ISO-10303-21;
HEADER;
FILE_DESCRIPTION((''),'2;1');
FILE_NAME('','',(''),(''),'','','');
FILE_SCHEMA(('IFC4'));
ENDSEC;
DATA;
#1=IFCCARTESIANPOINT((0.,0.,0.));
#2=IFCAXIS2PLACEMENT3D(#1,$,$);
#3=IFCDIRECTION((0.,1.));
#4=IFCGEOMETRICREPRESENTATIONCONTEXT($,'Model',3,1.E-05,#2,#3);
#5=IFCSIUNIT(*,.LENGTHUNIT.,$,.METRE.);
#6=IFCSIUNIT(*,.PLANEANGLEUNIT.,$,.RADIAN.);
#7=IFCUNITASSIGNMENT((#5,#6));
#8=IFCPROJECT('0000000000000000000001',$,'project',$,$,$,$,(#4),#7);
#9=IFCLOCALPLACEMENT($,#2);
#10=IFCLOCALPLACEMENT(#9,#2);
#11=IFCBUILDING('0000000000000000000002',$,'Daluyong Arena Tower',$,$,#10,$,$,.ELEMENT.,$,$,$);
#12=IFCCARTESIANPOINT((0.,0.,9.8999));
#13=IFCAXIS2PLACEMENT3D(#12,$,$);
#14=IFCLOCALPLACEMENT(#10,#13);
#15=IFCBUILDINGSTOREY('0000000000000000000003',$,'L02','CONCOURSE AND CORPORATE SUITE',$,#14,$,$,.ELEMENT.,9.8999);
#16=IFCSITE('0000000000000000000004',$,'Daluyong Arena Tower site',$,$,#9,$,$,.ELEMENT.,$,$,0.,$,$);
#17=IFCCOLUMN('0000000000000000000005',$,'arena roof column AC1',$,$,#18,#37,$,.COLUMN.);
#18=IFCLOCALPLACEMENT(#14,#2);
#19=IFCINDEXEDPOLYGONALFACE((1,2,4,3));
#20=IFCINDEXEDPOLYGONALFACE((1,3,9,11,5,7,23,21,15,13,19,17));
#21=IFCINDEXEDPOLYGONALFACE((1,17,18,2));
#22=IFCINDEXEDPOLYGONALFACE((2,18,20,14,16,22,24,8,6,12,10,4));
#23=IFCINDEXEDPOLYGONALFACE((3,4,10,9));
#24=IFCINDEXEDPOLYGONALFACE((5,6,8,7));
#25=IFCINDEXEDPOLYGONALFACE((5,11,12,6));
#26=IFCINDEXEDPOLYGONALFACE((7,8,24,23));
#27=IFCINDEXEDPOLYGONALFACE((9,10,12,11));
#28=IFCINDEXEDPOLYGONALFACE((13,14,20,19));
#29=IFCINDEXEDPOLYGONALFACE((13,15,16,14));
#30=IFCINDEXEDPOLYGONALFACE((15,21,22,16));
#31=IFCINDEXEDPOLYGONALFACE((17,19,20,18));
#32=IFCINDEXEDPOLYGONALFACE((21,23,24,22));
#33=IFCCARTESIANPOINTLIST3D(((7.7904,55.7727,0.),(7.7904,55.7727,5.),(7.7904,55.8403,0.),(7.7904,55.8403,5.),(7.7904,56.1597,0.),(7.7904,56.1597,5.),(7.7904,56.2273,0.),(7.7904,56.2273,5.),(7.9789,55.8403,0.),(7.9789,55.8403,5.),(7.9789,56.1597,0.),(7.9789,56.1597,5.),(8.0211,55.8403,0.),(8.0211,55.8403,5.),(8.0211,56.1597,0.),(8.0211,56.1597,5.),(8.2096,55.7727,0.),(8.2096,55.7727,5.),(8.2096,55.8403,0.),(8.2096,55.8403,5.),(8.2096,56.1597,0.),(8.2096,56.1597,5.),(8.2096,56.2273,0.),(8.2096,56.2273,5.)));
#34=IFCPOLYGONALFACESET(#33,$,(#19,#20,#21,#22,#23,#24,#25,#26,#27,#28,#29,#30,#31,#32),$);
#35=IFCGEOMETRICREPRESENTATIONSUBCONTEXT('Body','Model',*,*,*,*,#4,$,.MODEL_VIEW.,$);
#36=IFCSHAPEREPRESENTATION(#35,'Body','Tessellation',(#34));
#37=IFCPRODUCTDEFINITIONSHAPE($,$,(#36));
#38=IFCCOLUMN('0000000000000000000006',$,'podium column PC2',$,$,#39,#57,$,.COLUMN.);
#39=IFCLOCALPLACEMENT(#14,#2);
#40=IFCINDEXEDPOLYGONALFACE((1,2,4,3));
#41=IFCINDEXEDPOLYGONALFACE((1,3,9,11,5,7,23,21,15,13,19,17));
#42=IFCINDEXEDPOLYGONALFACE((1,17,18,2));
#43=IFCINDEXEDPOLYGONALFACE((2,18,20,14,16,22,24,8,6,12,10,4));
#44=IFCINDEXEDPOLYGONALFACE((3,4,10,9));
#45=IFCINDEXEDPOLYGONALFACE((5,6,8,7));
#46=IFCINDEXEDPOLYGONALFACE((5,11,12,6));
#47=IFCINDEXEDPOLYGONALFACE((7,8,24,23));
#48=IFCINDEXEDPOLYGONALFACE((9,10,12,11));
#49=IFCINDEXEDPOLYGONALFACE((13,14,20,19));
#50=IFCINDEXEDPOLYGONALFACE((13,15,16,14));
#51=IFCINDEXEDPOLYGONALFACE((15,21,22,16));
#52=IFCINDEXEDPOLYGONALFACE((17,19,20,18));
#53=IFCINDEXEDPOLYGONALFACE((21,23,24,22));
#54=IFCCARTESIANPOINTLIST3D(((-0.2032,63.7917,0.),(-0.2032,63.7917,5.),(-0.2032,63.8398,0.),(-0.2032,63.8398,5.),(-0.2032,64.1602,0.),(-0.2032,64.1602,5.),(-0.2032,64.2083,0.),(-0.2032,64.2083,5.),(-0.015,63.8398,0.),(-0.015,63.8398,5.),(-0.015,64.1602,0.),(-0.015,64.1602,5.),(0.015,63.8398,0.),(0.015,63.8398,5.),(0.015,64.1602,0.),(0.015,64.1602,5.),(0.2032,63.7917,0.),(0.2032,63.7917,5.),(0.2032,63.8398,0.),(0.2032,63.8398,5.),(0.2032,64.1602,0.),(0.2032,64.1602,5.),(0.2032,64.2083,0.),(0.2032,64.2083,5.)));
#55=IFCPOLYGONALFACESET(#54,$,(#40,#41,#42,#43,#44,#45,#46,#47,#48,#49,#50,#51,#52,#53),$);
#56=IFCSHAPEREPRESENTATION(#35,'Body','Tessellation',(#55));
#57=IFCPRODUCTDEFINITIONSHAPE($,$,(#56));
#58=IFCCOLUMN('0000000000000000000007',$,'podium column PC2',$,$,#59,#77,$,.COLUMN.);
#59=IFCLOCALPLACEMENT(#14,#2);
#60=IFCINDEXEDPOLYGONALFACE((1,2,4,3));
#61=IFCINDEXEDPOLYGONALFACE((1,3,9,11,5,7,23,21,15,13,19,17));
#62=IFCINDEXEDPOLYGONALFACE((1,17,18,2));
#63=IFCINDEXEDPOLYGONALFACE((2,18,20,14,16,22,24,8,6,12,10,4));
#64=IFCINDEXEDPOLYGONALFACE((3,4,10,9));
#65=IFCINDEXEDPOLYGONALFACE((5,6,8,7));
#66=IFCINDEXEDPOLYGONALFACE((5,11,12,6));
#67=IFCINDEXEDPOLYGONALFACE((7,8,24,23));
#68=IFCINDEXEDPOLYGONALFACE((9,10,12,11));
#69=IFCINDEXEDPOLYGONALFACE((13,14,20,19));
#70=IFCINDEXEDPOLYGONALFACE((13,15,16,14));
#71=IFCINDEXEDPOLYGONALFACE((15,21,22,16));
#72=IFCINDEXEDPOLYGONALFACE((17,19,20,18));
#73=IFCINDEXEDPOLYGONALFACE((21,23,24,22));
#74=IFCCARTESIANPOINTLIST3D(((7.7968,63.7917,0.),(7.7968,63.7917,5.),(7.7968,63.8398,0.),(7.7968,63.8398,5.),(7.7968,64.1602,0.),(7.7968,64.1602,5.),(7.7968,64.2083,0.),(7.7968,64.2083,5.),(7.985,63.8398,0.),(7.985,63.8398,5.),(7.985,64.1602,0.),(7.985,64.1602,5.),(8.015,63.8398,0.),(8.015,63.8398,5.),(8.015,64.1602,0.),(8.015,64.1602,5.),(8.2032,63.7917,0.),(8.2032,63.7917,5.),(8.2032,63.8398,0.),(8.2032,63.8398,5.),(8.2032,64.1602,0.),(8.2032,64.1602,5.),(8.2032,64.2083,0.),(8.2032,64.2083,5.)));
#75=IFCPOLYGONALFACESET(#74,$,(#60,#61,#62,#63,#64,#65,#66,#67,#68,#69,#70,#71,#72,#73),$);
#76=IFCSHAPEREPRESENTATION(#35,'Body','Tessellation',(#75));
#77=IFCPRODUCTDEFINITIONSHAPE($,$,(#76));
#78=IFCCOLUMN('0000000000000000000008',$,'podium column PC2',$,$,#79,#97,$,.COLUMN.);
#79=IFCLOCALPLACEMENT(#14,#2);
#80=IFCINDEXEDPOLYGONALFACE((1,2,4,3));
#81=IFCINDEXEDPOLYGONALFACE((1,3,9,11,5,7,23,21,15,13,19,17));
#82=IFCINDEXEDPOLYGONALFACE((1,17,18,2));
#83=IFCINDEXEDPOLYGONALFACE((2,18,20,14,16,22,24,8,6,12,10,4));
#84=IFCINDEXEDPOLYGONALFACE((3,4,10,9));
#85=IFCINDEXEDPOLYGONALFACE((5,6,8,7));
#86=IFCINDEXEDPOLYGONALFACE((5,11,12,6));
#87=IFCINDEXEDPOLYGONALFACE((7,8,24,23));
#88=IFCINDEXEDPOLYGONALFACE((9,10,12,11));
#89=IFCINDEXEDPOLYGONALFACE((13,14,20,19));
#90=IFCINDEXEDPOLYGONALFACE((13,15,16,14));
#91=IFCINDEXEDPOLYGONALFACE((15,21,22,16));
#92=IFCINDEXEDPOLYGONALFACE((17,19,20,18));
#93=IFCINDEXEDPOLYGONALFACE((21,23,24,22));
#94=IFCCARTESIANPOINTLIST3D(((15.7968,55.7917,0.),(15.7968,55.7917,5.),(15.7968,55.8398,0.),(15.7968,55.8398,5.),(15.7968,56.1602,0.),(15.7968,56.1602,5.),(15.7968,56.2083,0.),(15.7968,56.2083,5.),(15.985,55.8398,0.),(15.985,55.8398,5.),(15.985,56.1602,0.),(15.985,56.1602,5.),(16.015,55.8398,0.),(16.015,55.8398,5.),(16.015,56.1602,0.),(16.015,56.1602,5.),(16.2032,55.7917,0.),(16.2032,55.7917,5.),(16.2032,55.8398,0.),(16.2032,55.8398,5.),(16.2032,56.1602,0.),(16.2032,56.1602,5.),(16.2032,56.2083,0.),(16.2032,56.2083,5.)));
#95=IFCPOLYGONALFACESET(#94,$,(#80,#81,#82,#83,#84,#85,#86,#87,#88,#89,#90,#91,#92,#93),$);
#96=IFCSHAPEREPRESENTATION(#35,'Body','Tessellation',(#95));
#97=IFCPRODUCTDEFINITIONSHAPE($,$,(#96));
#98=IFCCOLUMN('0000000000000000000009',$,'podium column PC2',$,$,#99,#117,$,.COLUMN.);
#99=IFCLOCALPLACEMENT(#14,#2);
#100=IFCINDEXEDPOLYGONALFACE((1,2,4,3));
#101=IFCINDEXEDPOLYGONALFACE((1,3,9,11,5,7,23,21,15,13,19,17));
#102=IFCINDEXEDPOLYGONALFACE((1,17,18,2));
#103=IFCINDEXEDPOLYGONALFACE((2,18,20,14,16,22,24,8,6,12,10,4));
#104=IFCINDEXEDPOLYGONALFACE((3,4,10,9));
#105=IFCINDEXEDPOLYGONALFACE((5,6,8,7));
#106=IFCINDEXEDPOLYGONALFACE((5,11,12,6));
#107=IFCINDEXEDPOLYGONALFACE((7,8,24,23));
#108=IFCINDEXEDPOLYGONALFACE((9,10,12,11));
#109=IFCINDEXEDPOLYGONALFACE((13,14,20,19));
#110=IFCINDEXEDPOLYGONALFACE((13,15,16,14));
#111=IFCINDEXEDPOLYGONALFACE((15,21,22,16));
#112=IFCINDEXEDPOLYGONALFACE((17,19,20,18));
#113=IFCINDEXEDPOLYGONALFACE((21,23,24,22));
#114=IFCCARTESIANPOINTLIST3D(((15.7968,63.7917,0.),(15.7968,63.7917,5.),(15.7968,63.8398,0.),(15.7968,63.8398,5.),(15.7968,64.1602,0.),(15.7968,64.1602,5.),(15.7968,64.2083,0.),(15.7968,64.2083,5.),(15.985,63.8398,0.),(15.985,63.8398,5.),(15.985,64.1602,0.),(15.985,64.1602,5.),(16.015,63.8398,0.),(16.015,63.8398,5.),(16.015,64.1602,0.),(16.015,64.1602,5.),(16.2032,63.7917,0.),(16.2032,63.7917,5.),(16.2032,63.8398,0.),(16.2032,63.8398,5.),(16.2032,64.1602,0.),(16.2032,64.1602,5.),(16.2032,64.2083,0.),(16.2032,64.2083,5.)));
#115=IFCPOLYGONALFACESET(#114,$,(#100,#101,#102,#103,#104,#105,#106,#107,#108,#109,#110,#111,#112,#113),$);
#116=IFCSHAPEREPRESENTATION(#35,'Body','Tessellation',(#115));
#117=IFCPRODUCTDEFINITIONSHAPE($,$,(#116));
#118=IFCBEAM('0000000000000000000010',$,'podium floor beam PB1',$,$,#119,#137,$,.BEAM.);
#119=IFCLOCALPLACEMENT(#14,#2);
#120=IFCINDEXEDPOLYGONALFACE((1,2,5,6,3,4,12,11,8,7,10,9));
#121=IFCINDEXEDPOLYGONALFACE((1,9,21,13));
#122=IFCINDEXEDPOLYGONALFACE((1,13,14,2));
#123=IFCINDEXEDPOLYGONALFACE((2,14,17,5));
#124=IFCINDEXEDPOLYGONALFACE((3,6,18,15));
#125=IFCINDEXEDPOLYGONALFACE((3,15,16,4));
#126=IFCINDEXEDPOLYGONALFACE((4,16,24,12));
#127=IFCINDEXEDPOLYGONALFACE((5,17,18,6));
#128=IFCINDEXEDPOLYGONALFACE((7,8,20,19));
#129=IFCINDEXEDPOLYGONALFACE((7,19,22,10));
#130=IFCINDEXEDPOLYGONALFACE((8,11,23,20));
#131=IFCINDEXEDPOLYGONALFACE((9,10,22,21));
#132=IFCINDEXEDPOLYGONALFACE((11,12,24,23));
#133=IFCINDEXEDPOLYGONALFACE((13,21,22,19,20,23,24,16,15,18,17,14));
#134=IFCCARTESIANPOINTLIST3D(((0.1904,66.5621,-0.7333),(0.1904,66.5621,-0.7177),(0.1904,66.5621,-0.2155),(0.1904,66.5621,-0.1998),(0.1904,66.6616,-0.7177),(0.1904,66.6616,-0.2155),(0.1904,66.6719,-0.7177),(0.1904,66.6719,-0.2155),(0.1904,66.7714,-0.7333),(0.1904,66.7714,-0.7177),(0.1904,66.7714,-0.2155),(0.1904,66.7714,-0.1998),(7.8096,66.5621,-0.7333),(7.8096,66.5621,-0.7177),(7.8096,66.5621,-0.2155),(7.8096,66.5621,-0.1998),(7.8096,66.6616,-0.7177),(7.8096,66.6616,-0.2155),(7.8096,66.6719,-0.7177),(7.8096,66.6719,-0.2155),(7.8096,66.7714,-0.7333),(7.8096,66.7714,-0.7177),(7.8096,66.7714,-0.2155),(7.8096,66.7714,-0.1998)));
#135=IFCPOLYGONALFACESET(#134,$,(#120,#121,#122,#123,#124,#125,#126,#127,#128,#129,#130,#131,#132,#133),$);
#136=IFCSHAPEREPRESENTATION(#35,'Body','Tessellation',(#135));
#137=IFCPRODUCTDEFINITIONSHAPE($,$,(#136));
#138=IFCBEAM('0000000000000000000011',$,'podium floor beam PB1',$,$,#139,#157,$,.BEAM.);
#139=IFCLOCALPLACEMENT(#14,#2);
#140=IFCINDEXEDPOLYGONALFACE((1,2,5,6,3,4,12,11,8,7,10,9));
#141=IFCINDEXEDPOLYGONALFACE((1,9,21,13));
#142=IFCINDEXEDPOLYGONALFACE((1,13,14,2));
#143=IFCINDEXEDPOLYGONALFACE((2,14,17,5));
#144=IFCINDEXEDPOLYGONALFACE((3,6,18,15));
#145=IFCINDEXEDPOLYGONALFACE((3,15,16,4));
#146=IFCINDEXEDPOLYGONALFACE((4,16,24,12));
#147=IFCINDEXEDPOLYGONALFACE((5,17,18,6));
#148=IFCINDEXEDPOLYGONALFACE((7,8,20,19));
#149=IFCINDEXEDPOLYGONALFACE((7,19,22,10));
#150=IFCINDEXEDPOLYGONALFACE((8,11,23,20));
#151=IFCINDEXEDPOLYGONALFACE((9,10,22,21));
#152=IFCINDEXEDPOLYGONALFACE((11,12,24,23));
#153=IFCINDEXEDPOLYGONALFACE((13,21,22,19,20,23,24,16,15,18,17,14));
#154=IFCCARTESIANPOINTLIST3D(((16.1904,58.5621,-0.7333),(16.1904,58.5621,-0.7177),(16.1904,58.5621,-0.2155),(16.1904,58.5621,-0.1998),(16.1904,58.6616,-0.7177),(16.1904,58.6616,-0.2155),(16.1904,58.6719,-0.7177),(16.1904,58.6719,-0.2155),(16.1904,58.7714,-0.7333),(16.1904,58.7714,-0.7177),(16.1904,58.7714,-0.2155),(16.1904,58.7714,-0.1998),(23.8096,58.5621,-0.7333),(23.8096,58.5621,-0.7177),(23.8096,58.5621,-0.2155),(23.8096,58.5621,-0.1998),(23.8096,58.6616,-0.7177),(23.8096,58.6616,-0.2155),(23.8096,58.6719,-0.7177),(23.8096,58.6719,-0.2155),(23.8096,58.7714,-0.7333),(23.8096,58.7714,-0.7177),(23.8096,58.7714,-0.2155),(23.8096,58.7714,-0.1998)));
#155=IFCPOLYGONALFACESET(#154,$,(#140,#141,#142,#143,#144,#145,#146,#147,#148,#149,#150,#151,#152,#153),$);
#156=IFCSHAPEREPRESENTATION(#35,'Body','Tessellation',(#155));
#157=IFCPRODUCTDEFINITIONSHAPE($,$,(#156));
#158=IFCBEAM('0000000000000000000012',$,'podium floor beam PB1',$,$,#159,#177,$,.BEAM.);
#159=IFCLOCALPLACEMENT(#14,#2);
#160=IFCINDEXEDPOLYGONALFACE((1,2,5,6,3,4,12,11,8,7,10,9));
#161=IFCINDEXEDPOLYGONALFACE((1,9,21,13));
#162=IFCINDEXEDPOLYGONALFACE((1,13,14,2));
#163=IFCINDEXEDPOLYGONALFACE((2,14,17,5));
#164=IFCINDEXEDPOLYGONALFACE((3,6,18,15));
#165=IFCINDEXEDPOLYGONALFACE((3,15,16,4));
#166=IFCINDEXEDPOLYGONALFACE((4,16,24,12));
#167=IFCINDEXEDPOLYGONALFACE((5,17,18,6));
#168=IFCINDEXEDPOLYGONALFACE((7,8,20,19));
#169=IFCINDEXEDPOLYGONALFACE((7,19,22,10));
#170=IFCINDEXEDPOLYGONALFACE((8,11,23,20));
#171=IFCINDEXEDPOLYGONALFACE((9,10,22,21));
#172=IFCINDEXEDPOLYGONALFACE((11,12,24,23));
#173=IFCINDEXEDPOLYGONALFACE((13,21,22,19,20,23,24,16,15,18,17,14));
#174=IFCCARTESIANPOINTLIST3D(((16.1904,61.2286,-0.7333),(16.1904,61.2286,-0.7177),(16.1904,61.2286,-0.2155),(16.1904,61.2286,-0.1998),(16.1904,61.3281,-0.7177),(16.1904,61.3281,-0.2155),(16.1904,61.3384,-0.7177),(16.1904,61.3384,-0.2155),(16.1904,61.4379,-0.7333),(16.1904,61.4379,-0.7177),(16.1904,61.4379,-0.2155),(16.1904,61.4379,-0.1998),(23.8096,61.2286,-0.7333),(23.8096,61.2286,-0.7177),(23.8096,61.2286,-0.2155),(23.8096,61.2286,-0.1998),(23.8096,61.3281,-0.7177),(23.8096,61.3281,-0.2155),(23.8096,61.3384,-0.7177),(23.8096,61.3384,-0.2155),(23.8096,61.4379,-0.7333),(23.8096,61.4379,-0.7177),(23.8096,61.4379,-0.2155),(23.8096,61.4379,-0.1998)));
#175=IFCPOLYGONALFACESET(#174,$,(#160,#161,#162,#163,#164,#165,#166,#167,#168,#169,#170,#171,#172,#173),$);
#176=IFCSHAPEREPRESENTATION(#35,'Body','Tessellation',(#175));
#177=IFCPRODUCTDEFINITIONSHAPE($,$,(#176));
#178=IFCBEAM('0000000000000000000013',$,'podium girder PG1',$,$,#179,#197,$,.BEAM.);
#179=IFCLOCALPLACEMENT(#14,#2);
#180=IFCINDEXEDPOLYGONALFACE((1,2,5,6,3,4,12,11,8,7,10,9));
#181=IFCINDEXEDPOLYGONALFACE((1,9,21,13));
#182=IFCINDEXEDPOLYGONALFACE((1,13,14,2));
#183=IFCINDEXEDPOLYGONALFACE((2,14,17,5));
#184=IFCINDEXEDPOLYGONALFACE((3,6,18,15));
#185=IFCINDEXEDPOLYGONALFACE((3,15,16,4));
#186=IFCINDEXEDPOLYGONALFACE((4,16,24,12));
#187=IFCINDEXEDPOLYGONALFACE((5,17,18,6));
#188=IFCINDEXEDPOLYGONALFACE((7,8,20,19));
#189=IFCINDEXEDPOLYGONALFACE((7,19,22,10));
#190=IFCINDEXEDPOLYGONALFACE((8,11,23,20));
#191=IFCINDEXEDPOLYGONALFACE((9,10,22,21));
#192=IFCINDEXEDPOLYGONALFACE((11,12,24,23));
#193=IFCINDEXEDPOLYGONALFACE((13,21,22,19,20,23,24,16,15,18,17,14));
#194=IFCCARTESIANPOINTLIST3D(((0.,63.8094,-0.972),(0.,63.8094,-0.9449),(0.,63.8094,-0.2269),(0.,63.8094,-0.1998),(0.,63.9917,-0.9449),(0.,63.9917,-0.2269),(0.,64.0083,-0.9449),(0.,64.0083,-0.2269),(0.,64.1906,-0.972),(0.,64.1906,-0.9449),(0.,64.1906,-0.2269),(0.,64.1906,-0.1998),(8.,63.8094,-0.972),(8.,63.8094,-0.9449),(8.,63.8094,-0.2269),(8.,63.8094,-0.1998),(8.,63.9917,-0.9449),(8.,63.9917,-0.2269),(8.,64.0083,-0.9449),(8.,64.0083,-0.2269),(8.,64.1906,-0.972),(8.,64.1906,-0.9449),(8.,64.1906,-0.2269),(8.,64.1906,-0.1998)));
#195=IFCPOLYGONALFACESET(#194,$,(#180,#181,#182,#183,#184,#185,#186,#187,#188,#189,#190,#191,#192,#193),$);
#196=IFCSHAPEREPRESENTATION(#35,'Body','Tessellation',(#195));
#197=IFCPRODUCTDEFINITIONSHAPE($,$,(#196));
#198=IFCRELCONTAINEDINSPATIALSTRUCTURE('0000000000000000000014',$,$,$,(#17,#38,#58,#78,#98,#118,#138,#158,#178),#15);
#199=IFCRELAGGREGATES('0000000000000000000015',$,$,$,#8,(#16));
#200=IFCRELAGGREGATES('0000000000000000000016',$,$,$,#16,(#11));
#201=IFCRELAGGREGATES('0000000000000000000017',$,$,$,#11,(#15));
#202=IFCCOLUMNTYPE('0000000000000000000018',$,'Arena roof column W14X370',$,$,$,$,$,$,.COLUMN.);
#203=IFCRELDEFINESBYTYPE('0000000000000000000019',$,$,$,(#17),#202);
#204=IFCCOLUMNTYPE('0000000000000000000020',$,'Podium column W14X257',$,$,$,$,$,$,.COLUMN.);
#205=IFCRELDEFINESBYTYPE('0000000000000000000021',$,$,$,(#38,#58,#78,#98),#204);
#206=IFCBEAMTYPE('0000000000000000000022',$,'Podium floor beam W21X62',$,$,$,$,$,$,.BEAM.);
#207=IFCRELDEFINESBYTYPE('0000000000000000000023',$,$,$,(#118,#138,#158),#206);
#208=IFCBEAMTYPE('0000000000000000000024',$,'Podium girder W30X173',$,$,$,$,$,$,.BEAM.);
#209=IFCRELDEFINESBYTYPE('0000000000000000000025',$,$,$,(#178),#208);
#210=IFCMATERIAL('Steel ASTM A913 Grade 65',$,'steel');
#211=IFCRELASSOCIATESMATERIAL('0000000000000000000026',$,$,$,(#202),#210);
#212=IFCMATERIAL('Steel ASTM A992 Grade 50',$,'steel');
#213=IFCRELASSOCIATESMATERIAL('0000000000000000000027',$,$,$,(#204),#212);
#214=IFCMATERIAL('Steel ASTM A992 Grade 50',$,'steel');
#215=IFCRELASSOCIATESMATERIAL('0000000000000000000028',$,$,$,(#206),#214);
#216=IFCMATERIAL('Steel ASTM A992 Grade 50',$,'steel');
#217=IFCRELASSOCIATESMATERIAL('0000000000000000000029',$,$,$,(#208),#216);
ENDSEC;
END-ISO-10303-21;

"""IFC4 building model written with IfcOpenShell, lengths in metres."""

from ifc_helpers import new_model, si_unit, direction, frame, origin, origin_2d, place, context, subcontext, project, spatial, i_section, extrude, material, material_profile, profile_set, type_object, element, save


model = new_model("IFC4")

# Units and contexts
model_context = context("Model", 3, precision=1e-05, world=origin(), true_north=direction((0.0, 1.0)))
body_context = subcontext(model_context, "Body", "Model", "MODEL_VIEW")
ifc_project = project(units=[si_unit("LENGTHUNIT", "METRE"), si_unit("PLANEANGLEUNIT", "RADIAN")], contexts=[model_context])

# Site, building, storey
site_placement = place(None, origin())
site = spatial("IfcSite", under=ifc_project, at=site_placement, Name="Daluyong Arena Tower site", CompositionType="ELEMENT", RefElevation=0.0)
building_placement = place(site_placement, origin())
building = spatial("IfcBuilding", under=site, at=building_placement, Name="Daluyong Arena Tower", CompositionType="ELEMENT")
storey_placement = place(building_placement, frame((0.0, 0.0, 9.8999)))
storey = spatial("IfcBuildingStorey", under=building, at=storey_placement, Name="L02", Description="CONCOURSE AND CORPORATE SUITE", CompositionType="ELEMENT", Elevation=9.8999)

# Columns
ifc_material_1 = material(Name="Steel ASTM A913 Grade 65", Category="steel")
ifc_material_profile_1 = material_profile(ifc_material_1, i_section(OverallWidth=0.4192, OverallDepth=0.4546, WebThickness=0.0422, FlangeThickness=0.0676, at=origin_2d()))
ifc_profile_set_1 = profile_set([ifc_material_profile_1], Name="Steel ASTM A913 Grade 65")
column_type_1 = type_object("IfcColumnType", Name="Arena roof column W14X370", PredefinedType="COLUMN", material=ifc_profile_set_1)
column_placement = place(storey_placement, frame((8.0, 56.0, 0.0), z_axis=(0.0, 0.0, 1.0), x_axis=(1.0, 0.0, 0.0)))
element("IfcColumn", 1, at=column_placement, inside=storey, type_object=column_type_1, Name="arena roof column AC1", PredefinedType="COLUMN", context=body_context, shape_type="SweptSolid", body=[
    extrude(i_section(OverallWidth=0.4192, OverallDepth=0.4546, WebThickness=0.0422, FlangeThickness=0.0676, at=origin_2d()), origin(), (0.0, 0.0, 1.0), 5.0),
])
ifc_material_2 = material(Name="Steel ASTM A992 Grade 50", Category="steel")
ifc_material_profile_2 = material_profile(ifc_material_2, i_section(OverallWidth=0.4065, OverallDepth=0.4165, WebThickness=0.03, FlangeThickness=0.0481, at=origin_2d()))
ifc_profile_set_2 = profile_set([ifc_material_profile_2], Name="Steel ASTM A992 Grade 50")
column_type_2 = type_object("IfcColumnType", Name="Podium column W14X257", PredefinedType="COLUMN", material=ifc_profile_set_2)
for number, where, z_axis, x_axis, name in (
    (2, (0.0, 64.0, 0.0), (0.0, 0.0, 1.0), (1.0, 0.0, 0.0), "podium column PC2"),
    (3, (8.0, 64.0, 0.0), (0.0, 0.0, 1.0), (1.0, 0.0, 0.0), "podium column PC2"),
    (4, (16.0, 56.0, 0.0), (0.0, 0.0, 1.0), (1.0, 0.0, 0.0), "podium column PC2"),
    (5, (16.0, 64.0, 0.0), (0.0, 0.0, 1.0), (1.0, 0.0, 0.0), "podium column PC2"),
):
    element("IfcColumn", number, at=place(storey_placement, frame(where, z_axis=z_axis, x_axis=x_axis)), inside=storey, type_object=column_type_2, Name=name, PredefinedType="COLUMN", context=body_context, shape_type="SweptSolid", body=[
        extrude(i_section(OverallWidth=0.4065, OverallDepth=0.4165, WebThickness=0.03, FlangeThickness=0.0481, at=origin_2d()), origin(), (0.0, 0.0, 1.0), 5.0),
    ])

# Beams
ifc_material_3 = material(Name="Steel ASTM A992 Grade 50", Category="steel")
ifc_material_profile_3 = material_profile(ifc_material_3, i_section(OverallWidth=0.2092, OverallDepth=0.5334, WebThickness=0.0103, FlangeThickness=0.0156, at=origin_2d()))
ifc_profile_set_3 = profile_set([ifc_material_profile_3], Name="Steel ASTM A992 Grade 50")
beam_type_1 = type_object("IfcBeamType", Name="Podium floor beam W21X62", PredefinedType="BEAM", material=ifc_profile_set_3)
for number, where, z_axis, x_axis, name in (
    (6, (0.1904, 66.6667, -0.4666), (1.0, 0.0, 0.0), (0.0, 1.0, 0.0), "podium floor beam PB1"),
    (7, (16.1904, 58.6667, -0.4666), (1.0, 0.0, 0.0), (0.0, 1.0, 0.0), "podium floor beam PB1"),
    (8, (16.1904, 61.3333, -0.4666), (1.0, 0.0, 0.0), (0.0, 1.0, 0.0), "podium floor beam PB1"),
):
    element("IfcBeam", number, at=place(storey_placement, frame(where, z_axis=z_axis, x_axis=x_axis)), inside=storey, type_object=beam_type_1, Name=name, PredefinedType="BEAM", context=body_context, shape_type="SweptSolid", body=[
        extrude(i_section(OverallWidth=0.2092, OverallDepth=0.5334, WebThickness=0.0103, FlangeThickness=0.0156, at=origin_2d()), origin(), (0.0, 0.0, 1.0), 7.6191),
    ])
ifc_material_4 = material(Name="Steel ASTM A992 Grade 50", Category="steel")
ifc_material_profile_4 = material_profile(ifc_material_4, i_section(OverallWidth=0.3811, OverallDepth=0.7722, WebThickness=0.0166, FlangeThickness=0.0271, at=origin_2d()))
ifc_profile_set_4 = profile_set([ifc_material_profile_4], Name="Steel ASTM A992 Grade 50")
beam_type_2 = type_object("IfcBeamType", Name="Podium girder W30X173", PredefinedType="BEAM", material=ifc_profile_set_4)
for number, where, z_axis, x_axis, name in (
    (9, (0.0, 64.0, -0.5859), (1.0, 0.0, 0.0), (0.0, 1.0, 0.0), "podium girder PG1"),
):
    element("IfcBeam", number, at=place(storey_placement, frame(where, z_axis=z_axis, x_axis=x_axis)), inside=storey, type_object=beam_type_2, Name=name, PredefinedType="BEAM", context=body_context, shape_type="SweptSolid", body=[
        extrude(i_section(OverallWidth=0.3811, OverallDepth=0.7722, WebThickness=0.0166, FlangeThickness=0.0271, at=origin_2d()), origin(), (0.0, 0.0, 1.0), 8.0),
    ])

save(model, "model.ifc")
